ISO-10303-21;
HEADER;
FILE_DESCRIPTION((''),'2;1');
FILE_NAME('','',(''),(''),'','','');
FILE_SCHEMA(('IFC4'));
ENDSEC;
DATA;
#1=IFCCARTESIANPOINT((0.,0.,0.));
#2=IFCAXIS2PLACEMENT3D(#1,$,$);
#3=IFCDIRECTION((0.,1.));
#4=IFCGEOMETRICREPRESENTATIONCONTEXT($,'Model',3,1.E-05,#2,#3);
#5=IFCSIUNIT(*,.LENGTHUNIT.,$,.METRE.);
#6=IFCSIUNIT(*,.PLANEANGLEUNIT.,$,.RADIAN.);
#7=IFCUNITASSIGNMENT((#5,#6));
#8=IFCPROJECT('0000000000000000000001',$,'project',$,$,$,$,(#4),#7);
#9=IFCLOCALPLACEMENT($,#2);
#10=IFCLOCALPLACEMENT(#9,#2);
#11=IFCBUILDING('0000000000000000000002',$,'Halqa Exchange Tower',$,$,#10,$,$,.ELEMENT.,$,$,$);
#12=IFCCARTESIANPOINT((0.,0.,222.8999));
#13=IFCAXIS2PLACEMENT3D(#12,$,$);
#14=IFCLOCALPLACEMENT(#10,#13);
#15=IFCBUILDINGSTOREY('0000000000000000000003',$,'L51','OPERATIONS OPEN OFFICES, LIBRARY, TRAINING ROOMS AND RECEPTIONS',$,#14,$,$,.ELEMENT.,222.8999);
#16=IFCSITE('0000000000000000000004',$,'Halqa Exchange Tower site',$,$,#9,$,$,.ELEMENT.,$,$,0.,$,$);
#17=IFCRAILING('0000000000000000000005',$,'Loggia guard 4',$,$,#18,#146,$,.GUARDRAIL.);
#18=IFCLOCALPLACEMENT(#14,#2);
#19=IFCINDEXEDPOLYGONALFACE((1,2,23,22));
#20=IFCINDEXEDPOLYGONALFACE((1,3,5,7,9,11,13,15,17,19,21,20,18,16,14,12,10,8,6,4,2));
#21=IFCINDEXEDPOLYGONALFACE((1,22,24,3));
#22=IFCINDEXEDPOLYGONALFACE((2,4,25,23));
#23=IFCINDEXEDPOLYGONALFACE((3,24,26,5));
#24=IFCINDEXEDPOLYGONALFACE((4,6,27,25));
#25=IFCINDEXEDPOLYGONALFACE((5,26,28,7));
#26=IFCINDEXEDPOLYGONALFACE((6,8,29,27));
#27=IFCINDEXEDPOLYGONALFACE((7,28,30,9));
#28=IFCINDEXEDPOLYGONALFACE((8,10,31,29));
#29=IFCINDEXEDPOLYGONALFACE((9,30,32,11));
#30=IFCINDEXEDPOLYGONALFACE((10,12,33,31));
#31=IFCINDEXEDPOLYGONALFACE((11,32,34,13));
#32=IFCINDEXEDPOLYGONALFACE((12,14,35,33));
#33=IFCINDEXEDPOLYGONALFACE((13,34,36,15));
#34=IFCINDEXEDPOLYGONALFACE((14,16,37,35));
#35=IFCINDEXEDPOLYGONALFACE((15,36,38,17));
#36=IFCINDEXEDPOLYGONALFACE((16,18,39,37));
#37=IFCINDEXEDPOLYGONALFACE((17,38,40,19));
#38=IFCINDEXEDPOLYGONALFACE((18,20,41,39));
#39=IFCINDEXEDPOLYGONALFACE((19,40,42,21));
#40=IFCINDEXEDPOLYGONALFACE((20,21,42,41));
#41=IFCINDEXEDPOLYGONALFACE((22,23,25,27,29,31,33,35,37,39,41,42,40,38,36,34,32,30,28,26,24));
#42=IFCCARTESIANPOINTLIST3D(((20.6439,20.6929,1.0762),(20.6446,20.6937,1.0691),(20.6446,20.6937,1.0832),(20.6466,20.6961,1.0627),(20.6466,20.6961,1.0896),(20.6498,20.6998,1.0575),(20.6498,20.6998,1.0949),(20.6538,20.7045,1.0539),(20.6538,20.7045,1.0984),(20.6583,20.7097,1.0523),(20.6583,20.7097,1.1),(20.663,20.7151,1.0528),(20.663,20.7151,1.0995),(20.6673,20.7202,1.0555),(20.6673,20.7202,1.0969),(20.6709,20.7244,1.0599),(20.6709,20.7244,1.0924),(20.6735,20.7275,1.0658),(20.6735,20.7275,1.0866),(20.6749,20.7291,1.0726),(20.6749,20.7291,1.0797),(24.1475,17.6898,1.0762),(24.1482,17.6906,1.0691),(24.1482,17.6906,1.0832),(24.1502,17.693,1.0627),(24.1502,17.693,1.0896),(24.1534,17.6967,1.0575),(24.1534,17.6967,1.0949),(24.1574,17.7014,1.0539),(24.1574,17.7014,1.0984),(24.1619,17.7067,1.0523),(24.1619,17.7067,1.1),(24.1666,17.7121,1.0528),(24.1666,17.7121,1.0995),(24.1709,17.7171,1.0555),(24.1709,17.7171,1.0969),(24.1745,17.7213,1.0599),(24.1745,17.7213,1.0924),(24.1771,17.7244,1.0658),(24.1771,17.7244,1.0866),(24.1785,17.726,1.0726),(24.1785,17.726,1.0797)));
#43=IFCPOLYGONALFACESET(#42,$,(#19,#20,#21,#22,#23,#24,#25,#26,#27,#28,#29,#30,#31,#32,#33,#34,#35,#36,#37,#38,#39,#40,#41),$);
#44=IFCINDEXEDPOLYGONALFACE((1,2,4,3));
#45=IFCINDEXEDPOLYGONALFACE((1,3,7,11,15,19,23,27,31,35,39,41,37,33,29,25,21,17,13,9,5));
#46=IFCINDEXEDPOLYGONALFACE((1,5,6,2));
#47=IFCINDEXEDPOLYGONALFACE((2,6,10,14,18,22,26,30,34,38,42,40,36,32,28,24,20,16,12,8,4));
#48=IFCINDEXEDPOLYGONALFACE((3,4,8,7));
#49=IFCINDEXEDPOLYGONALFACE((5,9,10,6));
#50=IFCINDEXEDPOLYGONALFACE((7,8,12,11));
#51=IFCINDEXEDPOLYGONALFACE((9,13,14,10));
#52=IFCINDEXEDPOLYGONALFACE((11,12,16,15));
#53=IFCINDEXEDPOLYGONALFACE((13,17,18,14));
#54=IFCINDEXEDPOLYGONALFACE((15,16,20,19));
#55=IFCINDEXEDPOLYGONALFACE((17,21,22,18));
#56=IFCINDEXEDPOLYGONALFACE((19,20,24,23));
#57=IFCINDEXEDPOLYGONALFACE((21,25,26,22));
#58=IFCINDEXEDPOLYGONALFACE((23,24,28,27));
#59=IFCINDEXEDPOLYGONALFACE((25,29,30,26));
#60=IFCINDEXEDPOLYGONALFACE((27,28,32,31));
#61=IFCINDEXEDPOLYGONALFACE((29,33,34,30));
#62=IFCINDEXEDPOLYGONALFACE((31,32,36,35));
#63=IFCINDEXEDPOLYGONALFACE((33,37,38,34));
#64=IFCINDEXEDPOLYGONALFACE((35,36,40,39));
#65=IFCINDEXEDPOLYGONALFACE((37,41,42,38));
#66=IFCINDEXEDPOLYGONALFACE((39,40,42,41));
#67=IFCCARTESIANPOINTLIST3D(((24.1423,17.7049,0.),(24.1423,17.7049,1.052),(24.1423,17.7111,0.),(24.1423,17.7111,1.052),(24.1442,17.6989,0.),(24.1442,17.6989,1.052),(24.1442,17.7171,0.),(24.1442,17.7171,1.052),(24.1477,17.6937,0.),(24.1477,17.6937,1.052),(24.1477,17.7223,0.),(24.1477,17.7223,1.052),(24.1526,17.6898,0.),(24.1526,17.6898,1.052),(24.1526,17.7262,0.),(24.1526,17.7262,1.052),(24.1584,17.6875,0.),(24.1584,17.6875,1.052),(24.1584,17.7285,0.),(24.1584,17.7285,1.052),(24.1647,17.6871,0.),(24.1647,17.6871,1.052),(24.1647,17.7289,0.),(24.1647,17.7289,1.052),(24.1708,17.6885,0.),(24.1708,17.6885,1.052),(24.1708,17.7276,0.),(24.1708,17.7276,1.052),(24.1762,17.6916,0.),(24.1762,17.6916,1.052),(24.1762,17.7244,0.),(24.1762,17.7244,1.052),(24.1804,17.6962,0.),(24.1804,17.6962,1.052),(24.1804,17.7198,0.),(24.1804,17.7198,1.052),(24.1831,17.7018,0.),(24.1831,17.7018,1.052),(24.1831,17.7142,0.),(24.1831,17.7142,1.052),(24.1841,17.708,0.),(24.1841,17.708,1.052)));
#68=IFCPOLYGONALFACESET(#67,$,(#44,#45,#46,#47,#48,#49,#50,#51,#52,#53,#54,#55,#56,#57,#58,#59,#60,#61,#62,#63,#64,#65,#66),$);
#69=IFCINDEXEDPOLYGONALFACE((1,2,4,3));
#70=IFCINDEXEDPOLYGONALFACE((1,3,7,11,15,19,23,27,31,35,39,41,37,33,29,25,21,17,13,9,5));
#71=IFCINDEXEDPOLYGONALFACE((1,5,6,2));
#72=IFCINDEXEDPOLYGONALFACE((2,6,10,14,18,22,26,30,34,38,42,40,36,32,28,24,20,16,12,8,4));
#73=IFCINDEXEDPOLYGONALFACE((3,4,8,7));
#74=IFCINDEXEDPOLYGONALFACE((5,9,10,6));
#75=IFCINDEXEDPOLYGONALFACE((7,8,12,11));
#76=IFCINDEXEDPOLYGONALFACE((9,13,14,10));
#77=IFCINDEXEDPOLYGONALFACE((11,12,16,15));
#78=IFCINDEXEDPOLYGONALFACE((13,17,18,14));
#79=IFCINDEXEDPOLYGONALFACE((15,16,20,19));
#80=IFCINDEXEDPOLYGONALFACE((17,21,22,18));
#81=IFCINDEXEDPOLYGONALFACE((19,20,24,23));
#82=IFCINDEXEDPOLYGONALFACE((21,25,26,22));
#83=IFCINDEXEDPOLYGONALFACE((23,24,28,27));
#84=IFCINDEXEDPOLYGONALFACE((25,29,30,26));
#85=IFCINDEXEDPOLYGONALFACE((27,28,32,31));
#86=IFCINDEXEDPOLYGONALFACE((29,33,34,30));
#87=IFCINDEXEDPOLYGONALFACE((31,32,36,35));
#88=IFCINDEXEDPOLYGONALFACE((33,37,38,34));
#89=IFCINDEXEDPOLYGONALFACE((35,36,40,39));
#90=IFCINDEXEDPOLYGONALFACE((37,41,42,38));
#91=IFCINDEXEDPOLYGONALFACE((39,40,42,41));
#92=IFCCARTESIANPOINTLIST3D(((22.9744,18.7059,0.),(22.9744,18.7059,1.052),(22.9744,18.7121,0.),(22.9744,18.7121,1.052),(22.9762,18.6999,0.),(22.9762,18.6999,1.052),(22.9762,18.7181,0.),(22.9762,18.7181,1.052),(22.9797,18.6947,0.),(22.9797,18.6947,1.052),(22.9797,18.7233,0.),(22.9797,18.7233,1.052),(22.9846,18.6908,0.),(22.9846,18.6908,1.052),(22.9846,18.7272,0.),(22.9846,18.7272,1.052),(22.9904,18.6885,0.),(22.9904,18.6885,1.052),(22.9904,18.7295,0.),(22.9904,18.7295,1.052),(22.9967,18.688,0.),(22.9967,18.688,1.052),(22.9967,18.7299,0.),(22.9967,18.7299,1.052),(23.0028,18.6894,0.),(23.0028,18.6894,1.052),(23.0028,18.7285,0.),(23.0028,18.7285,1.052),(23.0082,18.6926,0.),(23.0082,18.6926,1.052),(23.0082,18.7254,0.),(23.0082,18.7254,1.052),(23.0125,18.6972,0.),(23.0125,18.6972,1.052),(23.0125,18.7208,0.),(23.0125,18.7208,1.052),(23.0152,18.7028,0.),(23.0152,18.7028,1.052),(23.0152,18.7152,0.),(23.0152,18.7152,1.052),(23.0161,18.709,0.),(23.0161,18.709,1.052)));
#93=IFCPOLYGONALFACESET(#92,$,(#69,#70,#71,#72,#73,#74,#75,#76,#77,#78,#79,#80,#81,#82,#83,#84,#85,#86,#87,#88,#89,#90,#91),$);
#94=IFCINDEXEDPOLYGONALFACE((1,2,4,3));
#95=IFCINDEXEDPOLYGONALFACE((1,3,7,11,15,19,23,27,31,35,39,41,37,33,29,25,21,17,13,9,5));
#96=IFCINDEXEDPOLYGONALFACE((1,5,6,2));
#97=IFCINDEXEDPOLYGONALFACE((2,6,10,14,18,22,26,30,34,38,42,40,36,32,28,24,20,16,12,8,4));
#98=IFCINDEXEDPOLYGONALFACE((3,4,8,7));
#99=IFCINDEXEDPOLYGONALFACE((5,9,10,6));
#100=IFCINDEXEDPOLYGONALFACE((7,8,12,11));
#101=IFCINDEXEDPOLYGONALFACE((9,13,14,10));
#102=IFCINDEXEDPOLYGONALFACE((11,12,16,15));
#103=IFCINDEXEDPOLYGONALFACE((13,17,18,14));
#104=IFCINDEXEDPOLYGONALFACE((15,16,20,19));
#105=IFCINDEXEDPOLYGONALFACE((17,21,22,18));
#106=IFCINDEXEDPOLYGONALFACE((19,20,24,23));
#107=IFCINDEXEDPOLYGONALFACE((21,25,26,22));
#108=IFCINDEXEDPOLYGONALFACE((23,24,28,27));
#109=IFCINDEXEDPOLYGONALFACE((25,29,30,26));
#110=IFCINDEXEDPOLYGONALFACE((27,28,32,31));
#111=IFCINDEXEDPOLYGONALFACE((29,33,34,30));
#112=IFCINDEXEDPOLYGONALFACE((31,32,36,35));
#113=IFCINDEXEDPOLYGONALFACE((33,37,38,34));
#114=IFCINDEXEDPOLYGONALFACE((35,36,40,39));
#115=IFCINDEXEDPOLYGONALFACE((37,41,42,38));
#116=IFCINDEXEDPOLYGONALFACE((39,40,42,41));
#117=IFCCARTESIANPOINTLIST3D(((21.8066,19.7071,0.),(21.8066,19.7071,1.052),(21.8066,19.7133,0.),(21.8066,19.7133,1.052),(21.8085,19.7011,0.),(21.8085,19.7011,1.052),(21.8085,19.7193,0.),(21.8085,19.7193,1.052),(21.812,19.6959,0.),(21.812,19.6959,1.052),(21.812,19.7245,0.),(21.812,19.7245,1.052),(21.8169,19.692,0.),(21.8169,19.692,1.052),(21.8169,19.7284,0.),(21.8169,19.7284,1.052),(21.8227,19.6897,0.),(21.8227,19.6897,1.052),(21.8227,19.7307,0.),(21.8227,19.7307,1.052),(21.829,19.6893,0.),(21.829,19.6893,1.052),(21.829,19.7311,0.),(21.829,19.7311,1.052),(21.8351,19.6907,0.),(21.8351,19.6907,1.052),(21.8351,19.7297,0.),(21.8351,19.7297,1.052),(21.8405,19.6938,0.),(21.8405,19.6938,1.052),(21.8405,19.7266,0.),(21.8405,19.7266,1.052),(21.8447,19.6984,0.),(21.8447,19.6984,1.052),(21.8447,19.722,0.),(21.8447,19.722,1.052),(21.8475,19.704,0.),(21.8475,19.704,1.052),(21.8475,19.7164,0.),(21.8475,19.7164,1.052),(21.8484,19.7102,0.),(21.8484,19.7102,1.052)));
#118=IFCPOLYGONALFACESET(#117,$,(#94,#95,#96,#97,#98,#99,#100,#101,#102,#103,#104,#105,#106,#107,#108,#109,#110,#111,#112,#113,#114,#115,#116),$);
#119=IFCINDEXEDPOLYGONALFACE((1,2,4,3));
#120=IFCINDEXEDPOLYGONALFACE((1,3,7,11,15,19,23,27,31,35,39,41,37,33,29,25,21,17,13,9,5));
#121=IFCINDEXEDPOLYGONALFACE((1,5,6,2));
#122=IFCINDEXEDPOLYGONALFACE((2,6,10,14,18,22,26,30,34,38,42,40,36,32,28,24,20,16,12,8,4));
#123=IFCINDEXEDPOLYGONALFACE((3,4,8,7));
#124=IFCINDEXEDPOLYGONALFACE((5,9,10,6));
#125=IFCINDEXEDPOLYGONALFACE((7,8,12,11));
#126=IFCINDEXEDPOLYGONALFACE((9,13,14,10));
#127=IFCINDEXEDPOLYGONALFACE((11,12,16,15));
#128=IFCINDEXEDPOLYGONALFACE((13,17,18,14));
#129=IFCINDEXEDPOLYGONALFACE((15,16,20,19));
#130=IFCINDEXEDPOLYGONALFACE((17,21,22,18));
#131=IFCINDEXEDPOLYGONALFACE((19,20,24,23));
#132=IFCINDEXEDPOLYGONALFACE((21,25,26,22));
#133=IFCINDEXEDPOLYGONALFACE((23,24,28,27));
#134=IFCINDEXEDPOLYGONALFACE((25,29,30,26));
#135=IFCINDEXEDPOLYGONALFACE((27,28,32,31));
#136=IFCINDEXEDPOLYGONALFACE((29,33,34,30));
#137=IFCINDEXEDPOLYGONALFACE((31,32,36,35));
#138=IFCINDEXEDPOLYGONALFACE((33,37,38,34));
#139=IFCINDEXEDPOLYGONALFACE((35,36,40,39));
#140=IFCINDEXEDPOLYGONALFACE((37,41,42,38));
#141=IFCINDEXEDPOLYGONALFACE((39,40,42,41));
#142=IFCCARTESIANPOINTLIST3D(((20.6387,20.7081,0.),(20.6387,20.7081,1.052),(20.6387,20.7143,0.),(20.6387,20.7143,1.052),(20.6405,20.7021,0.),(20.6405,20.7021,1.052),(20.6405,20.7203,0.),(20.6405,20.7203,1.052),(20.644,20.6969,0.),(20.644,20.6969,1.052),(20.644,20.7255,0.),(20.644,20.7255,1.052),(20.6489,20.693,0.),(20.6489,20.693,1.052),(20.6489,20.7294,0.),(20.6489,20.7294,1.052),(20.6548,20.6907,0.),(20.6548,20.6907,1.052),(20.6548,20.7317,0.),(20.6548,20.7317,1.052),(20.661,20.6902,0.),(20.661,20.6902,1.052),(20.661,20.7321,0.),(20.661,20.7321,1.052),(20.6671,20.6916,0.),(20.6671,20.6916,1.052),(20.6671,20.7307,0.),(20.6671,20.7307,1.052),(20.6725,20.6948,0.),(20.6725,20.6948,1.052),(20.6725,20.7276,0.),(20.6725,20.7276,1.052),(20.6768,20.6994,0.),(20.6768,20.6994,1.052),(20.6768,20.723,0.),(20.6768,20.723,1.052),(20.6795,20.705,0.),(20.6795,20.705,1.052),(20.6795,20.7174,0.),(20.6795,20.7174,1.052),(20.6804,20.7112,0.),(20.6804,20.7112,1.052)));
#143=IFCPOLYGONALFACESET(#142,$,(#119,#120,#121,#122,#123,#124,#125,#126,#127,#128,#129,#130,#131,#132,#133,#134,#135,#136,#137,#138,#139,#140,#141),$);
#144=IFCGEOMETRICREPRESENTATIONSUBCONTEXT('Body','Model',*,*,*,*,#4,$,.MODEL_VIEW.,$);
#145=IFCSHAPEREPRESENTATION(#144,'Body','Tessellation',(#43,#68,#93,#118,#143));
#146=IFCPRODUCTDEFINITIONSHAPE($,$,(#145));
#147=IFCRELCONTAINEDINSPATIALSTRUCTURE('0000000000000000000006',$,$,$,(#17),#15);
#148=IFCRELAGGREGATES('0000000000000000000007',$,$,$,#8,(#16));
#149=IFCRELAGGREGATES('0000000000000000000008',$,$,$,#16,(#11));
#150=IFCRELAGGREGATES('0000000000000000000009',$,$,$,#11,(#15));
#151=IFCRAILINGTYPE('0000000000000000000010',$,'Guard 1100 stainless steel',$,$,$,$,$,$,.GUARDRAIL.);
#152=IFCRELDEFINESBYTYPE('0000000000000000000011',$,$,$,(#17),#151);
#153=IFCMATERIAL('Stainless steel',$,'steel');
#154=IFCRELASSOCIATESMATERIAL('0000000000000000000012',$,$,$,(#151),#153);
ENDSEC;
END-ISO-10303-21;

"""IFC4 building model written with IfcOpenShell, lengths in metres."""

from ifc_helpers import new_model, si_unit, direction, frame, origin, origin_2d, place, context, subcontext, project, spatial, circle, extrude, material, type_object, element, save


model = new_model("IFC4")

# Units and contexts
model_context = context("Model", 3, precision=1e-05, world=origin(), true_north=direction((0.0, 1.0)))
body_context = subcontext(model_context, "Body", "Model", "MODEL_VIEW")
ifc_project = project(units=[si_unit("LENGTHUNIT", "METRE"), si_unit("PLANEANGLEUNIT", "RADIAN")], contexts=[model_context])

# Site, building, storey
site_placement = place(None, origin())
site = spatial("IfcSite", under=ifc_project, at=site_placement, Name="Halqa Exchange Tower site", CompositionType="ELEMENT", RefElevation=0.0)
building_placement = place(site_placement, origin())
building = spatial("IfcBuilding", under=site, at=building_placement, Name="Halqa Exchange Tower", CompositionType="ELEMENT")
storey_placement = place(building_placement, frame((0.0, 0.0, 222.8999)))
storey = spatial("IfcBuildingStorey", under=building, at=storey_placement, Name="L51", Description="OPERATIONS OPEN OFFICES, LIBRARY, TRAINING ROOMS AND RECEPTIONS", CompositionType="ELEMENT", Elevation=222.8999)

# Railing
ifc_material_1 = material(Name="Stainless steel", Category="steel")
railing_type = type_object("IfcRailingType", Name="Guard 1100 stainless steel", PredefinedType="GUARDRAIL", material=ifc_material_1)
railing_1_placement = place(storey_placement, frame((24.1631, 17.708, 0.0)))
element("IfcRailing", 1, at=railing_1_placement, inside=storey, type_object=railing_type, Name="Loggia guard 4", PredefinedType="GUARDRAIL", context=body_context, shape_type="SweptSolid", body=[
    extrude(circle(Radius=0.0239, at=origin_2d()), frame((0.0, 0.0, 1.0762), z_axis=(-0.759253, 0.650796, 0.0), x_axis=(-0.650796, -0.759253, 0.0)), (0.0, 0.0, 1.0), 4.6145),
    extrude(circle(Radius=0.021, at=origin_2d()), origin(), (0.0, 0.0, 1.0), 1.052),
    extrude(circle(Radius=0.021, at=origin_2d()), frame((-1.168, 1.001, 0.0)), (0.0, 0.0, 1.0), 1.052),
    extrude(circle(Radius=0.021, at=origin_2d()), frame((-2.3357, 2.0022, 0.0)), (0.0, 0.0, 1.0), 1.052),
    extrude(circle(Radius=0.021, at=origin_2d()), frame((-3.5037, 3.0032, 0.0)), (0.0, 0.0, 1.0), 1.052),
])

save(model, "model.ifc")
